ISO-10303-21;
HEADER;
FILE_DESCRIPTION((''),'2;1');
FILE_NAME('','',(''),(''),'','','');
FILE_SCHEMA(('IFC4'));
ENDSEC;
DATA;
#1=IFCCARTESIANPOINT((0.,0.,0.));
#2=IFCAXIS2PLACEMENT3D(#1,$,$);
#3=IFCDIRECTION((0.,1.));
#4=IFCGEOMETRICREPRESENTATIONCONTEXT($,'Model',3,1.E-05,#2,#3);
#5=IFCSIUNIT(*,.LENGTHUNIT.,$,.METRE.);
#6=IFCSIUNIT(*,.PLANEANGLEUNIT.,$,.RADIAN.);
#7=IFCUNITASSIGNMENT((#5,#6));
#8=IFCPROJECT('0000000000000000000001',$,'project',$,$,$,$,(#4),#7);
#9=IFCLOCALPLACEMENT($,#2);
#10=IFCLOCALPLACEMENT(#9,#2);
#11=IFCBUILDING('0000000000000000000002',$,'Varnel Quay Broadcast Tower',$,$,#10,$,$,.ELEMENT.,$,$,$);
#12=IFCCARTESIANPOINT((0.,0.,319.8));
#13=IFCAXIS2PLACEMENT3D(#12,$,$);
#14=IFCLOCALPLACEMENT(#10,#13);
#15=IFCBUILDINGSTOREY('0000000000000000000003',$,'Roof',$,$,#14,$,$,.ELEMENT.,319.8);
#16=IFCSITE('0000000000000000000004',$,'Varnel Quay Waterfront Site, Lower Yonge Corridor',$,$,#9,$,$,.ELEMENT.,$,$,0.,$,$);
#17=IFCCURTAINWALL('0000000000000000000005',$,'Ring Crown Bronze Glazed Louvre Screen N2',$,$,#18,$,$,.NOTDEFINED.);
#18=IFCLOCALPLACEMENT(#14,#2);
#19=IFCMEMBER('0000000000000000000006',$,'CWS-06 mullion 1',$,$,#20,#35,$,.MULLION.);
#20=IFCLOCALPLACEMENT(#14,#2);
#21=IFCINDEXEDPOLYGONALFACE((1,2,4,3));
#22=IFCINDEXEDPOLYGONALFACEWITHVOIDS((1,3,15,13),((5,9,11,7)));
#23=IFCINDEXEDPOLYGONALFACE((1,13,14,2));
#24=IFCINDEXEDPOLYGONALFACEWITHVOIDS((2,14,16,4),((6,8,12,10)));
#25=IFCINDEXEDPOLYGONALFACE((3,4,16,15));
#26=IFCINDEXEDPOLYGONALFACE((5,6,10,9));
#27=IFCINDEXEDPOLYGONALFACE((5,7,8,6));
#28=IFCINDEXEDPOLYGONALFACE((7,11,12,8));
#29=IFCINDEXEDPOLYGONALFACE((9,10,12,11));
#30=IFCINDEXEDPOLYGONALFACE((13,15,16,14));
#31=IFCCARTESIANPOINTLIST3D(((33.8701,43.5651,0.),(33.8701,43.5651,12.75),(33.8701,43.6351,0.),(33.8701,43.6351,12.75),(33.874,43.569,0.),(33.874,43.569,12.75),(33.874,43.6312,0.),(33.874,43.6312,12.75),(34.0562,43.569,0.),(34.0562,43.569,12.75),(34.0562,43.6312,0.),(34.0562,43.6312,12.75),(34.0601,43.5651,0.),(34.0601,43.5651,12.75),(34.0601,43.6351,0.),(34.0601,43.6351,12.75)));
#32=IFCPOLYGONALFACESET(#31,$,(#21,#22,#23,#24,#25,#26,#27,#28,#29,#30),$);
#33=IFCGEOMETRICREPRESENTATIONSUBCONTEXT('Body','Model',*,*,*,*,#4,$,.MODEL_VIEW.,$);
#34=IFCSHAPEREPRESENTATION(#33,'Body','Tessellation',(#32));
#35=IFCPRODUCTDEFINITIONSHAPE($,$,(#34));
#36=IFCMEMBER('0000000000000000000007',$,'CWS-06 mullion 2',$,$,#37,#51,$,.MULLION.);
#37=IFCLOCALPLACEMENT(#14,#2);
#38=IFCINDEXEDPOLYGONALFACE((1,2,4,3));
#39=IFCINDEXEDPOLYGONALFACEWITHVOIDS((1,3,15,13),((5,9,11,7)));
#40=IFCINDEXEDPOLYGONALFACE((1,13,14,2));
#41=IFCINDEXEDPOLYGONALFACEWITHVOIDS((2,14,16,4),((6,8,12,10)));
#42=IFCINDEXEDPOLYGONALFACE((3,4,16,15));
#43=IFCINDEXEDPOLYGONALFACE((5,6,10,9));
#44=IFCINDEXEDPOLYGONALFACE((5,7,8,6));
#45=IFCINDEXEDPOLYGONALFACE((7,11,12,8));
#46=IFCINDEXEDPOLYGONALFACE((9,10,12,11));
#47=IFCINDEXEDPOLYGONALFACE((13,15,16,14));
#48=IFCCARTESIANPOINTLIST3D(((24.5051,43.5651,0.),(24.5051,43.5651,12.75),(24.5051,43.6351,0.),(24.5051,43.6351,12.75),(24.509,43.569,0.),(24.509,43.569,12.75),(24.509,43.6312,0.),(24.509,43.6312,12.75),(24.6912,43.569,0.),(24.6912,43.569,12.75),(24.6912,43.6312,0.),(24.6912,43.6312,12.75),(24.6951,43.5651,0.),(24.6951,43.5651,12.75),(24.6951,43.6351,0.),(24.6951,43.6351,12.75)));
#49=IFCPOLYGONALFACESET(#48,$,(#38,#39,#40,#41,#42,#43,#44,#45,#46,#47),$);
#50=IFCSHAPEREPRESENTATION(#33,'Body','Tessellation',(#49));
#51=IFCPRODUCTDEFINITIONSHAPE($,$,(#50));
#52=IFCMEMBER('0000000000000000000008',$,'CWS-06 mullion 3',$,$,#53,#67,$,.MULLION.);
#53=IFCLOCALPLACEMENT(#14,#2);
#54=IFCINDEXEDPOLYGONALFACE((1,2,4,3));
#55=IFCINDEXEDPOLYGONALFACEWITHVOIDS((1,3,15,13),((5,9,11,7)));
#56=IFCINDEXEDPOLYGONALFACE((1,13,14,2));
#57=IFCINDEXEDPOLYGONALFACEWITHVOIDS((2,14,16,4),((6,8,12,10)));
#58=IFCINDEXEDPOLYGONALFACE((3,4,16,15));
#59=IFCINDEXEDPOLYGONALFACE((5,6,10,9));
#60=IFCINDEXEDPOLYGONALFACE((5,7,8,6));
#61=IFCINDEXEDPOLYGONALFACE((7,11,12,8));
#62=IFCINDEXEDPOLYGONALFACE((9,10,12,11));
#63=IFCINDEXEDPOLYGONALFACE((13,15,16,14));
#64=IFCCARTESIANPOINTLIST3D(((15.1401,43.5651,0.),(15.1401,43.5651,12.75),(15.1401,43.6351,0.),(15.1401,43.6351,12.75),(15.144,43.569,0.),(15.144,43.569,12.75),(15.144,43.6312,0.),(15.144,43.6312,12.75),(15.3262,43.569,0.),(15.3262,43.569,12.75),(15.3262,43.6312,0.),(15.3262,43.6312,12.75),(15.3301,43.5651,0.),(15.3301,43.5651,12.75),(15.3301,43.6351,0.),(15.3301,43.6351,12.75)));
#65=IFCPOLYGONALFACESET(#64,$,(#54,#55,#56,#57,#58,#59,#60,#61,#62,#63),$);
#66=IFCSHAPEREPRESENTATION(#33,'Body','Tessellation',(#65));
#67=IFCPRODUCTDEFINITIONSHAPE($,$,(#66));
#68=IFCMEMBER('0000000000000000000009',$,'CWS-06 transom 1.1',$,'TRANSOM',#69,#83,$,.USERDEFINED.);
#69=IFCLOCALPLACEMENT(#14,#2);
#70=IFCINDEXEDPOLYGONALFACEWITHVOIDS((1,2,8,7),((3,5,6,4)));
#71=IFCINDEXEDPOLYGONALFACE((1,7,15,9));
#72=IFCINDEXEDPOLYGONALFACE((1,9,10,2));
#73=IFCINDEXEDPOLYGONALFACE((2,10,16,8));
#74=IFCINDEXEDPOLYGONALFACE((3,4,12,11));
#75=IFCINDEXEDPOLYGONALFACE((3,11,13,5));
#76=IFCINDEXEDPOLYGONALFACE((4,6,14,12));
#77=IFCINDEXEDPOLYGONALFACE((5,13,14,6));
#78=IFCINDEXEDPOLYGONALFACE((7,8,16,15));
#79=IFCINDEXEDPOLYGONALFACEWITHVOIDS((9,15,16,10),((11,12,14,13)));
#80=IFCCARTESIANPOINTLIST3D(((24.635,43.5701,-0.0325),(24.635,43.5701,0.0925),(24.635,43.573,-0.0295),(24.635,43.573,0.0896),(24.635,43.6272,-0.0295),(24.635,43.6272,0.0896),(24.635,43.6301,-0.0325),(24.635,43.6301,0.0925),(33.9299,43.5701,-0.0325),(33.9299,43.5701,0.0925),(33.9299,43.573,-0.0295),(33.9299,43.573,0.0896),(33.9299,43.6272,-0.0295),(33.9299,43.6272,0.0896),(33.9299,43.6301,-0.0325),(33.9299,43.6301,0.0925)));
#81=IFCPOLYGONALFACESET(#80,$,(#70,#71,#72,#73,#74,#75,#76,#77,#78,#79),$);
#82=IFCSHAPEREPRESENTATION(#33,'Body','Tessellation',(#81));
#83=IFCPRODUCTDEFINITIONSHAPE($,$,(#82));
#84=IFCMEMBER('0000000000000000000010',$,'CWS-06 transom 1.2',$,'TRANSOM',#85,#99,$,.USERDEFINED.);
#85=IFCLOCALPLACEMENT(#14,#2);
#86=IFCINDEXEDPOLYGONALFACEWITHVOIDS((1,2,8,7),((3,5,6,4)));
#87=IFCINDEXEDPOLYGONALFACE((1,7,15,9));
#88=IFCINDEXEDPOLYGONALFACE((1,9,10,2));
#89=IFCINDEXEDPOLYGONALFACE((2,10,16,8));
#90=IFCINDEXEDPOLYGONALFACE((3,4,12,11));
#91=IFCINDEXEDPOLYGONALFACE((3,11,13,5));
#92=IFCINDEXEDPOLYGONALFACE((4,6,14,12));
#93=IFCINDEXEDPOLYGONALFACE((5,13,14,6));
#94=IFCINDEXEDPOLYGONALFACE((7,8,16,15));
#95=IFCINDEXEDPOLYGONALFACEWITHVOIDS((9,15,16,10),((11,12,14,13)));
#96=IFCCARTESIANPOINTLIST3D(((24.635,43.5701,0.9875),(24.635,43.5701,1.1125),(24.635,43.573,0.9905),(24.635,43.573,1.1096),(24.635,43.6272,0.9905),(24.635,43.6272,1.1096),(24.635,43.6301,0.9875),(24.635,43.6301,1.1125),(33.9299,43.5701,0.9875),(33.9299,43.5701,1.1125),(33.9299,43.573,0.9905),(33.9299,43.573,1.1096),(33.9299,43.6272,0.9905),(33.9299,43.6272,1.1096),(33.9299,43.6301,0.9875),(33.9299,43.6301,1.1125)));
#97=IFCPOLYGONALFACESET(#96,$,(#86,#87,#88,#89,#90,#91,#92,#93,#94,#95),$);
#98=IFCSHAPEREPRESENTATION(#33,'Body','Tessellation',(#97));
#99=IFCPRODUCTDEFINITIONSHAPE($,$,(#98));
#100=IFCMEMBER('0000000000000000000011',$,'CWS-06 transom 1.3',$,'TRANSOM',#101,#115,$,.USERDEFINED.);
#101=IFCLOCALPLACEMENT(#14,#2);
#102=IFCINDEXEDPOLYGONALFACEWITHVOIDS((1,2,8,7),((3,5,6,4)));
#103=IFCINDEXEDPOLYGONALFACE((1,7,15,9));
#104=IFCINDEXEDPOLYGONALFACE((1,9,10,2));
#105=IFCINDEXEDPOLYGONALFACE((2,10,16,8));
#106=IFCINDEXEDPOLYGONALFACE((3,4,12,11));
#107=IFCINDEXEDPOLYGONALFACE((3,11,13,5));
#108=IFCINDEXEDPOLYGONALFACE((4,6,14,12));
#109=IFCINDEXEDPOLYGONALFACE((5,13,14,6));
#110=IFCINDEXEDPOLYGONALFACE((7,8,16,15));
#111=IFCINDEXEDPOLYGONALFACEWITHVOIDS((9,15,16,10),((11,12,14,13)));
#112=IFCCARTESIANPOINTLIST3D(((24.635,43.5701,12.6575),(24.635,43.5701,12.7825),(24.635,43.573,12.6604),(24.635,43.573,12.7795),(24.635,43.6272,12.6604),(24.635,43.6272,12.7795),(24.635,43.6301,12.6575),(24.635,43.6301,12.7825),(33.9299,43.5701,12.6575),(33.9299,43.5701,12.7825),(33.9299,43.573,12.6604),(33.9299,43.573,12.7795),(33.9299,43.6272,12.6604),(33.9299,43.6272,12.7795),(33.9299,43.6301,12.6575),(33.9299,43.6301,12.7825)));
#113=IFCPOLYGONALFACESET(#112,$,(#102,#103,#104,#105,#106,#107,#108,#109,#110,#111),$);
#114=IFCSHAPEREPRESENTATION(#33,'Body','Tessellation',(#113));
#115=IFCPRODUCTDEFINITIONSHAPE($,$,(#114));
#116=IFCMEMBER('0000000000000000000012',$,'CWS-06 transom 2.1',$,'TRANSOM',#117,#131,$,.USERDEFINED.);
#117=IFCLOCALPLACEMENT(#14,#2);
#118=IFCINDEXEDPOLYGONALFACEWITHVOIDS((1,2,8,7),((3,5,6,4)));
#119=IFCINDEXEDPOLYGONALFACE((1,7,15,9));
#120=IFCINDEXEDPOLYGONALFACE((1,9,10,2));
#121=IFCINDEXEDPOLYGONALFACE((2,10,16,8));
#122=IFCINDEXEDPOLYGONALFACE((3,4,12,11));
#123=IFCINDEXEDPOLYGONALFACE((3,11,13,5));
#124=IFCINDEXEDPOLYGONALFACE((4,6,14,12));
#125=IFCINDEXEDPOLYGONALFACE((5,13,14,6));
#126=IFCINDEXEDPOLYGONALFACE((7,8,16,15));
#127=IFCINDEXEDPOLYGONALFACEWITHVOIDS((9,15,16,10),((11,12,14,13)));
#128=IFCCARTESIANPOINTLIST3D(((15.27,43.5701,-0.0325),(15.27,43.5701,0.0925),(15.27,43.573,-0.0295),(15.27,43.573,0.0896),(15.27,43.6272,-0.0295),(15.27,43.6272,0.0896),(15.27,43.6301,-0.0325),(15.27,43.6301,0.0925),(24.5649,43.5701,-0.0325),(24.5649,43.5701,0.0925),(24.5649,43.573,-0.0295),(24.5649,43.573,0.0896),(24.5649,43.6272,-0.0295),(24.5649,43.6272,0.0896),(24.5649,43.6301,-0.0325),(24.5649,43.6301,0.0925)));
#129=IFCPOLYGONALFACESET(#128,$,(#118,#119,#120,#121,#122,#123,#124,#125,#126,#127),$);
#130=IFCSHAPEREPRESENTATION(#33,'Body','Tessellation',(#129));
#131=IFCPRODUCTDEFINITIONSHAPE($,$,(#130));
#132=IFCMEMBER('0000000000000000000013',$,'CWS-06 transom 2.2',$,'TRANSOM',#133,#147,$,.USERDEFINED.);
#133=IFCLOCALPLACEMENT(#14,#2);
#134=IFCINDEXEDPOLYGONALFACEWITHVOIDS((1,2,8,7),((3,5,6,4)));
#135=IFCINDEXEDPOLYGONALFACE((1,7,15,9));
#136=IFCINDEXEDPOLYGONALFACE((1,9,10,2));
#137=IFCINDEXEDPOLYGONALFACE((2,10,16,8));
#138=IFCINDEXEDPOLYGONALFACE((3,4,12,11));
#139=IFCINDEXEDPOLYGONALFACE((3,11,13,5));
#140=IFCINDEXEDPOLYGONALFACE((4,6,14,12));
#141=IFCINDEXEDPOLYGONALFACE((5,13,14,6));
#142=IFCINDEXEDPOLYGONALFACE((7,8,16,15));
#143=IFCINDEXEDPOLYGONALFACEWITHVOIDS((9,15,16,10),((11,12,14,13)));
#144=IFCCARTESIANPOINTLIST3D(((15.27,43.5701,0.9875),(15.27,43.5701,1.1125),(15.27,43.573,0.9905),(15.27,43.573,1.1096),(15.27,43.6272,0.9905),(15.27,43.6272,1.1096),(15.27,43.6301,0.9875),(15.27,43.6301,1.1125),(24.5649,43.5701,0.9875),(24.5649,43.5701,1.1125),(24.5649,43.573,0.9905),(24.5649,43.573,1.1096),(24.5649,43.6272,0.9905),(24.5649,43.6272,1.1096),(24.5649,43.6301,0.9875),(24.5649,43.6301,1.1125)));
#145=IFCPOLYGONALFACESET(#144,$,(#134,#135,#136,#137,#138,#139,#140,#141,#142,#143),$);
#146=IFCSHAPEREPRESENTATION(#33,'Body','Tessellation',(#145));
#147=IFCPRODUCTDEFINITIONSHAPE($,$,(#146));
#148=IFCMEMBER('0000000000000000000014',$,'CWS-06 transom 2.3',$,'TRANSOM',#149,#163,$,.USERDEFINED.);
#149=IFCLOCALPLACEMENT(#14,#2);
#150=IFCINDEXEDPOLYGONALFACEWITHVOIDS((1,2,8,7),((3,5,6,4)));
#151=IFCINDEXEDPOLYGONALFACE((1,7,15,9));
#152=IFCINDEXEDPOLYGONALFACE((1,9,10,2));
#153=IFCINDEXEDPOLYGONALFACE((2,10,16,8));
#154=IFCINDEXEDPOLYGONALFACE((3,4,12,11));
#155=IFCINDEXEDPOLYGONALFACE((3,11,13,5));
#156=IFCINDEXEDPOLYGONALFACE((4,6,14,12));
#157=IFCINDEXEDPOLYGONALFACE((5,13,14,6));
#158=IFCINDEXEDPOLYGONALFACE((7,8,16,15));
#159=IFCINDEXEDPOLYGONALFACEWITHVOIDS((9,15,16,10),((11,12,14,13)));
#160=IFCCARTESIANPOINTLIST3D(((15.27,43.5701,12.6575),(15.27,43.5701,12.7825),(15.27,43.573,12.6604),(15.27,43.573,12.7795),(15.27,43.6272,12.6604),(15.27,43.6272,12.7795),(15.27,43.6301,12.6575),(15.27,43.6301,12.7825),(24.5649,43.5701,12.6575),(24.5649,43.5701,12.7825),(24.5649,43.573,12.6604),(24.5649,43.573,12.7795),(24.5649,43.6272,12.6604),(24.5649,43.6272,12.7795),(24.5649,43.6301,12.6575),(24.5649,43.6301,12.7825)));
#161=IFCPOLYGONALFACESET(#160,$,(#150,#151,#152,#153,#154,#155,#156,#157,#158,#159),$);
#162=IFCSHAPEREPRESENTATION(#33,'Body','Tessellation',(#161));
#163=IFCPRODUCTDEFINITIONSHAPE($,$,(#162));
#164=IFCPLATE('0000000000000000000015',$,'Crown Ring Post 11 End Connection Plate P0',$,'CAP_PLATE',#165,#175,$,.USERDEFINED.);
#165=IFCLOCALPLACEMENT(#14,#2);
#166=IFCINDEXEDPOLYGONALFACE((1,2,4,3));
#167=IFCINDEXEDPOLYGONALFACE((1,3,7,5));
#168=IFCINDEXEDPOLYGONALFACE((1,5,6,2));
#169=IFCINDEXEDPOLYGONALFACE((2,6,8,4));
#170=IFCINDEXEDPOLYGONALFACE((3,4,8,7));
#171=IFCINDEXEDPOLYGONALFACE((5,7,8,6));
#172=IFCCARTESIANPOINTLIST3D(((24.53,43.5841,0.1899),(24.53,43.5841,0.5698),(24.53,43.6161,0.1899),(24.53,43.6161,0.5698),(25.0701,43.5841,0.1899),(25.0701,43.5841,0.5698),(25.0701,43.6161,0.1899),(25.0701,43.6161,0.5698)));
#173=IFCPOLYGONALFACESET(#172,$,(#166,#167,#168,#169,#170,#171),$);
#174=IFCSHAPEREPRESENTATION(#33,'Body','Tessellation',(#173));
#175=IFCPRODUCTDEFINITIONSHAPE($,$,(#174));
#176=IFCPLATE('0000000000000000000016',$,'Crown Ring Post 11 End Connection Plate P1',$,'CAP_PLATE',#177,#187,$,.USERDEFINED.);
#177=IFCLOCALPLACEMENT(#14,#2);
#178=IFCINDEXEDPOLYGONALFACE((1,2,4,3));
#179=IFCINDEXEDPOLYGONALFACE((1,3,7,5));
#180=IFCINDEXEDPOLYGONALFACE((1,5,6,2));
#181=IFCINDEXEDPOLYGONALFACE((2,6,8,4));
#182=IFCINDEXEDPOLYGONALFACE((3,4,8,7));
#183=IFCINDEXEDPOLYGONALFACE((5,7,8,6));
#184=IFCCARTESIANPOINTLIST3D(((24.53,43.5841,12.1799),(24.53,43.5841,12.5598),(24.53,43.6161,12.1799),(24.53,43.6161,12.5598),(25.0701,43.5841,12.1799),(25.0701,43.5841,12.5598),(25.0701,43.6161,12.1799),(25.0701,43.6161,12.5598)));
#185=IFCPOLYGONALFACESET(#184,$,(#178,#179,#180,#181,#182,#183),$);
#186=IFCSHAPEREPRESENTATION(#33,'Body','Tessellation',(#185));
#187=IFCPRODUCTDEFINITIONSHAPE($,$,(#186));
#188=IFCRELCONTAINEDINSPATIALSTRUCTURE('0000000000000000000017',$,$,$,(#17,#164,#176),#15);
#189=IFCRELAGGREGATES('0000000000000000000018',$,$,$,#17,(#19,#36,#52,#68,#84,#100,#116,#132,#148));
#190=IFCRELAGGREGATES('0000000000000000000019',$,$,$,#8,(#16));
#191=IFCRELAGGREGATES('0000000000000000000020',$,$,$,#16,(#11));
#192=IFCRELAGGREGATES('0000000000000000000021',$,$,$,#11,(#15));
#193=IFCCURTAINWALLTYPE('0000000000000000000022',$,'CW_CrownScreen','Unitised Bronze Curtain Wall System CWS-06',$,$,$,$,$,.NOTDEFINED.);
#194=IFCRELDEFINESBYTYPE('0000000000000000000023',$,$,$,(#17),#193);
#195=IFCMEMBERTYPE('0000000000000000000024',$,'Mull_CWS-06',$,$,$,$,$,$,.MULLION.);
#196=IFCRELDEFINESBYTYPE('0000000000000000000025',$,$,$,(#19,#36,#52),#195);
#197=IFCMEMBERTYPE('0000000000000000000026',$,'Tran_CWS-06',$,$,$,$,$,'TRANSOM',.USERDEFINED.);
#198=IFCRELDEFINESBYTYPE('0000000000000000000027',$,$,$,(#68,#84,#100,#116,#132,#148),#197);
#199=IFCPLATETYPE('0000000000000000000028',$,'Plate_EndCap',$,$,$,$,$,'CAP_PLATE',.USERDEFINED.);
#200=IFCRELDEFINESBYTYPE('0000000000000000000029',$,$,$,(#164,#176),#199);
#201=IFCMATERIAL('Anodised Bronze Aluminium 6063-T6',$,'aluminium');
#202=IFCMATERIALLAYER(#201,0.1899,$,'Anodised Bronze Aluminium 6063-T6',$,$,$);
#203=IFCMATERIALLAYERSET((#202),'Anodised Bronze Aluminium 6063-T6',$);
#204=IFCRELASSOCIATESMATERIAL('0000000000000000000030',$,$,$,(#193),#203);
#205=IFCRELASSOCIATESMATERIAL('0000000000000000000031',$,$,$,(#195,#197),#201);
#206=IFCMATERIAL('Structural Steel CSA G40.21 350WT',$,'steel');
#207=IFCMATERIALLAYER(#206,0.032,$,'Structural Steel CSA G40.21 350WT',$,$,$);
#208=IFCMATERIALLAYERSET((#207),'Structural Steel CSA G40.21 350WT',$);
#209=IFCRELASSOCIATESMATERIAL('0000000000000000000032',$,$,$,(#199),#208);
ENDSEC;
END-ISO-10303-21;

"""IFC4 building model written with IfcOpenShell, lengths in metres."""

from ifc_helpers import new_model, si_unit, direction, frame, origin, origin_2d, place, context, subcontext, project, spatial, rectangle, hollow_rectangle, extrude, source, transform, mapped, material, layer, layer_set, material_profile, profile_set, type_object, type_shapes, element, aggregate, save


model = new_model("IFC4")

# Units and contexts
model_context = context("Model", 3, precision=1e-05, world=origin(), true_north=direction((0.0, 1.0)))
body_context = subcontext(model_context, "Body", "Model", "MODEL_VIEW")
ifc_project = project(units=[si_unit("LENGTHUNIT", "METRE"), si_unit("PLANEANGLEUNIT", "RADIAN")], contexts=[model_context])

# Site, building, storey
site_placement = place(None, origin())
site = spatial("IfcSite", under=ifc_project, at=site_placement, Name="Varnel Quay Waterfront Site, Lower Yonge Corridor", CompositionType="ELEMENT", RefElevation=0.0)
building_placement = place(site_placement, origin())
building = spatial("IfcBuilding", under=site, at=building_placement, Name="Varnel Quay Broadcast Tower", CompositionType="ELEMENT")
storey_placement = place(building_placement, frame((0.0, 0.0, 319.8)))
storey = spatial("IfcBuildingStorey", under=building, at=storey_placement, Name="Roof", CompositionType="ELEMENT", Elevation=319.8)

# Shared definitions
ifc_material_1 = material(Name="Structural Steel CSA G40.21 350WT", Category="steel")

# Curtain wall, members
ifc_material_2 = material(Name="Anodised Bronze Aluminium 6063-T6", Category="aluminium")
ifc_layer_1 = layer(ifc_material_2, 0.1899, Name="Anodised Bronze Aluminium 6063-T6")
ifc_layer_set_1 = layer_set([ifc_layer_1], Name="Anodised Bronze Aluminium 6063-T6")
curtain_wall_type = type_object("IfcCurtainWallType", Name="CW_CrownScreen", Description="Unitised Bronze Curtain Wall System CWS-06", PredefinedType="NOTDEFINED", material=ifc_layer_set_1)
curtain_wall_placement = place(storey_placement, origin())
curtain_wall = element("IfcCurtainWall", 1, at=curtain_wall_placement, inside=storey, type_object=curtain_wall_type, Name="Ring Crown Bronze Glazed Louvre Screen N2", PredefinedType="NOTDEFINED")
ifc_material_profile_1 = material_profile(ifc_material_2, hollow_rectangle(XDim=0.0701, YDim=0.1899, WallThickness=0.0039, at=origin_2d()), Name="ALU70X190X4")
ifc_profile_set_1 = profile_set([ifc_material_profile_1], Name="Anodised Bronze Aluminium 6063-T6")
member_type_1 = type_object("IfcMemberType", Name="Mull_CWS-06", PredefinedType="MULLION", material=ifc_profile_set_1)
shared_shape_1 = source(origin(), body_context, "Body", "SweptSolid", [
    extrude(hollow_rectangle(XDim=0.0701, YDim=0.1899, WallThickness=0.0039, at=origin_2d()), origin(), (0.0, 0.0, 1.0), 12.75),
])
type_shapes(member_type_1, [shared_shape_1])
member_1_placement = place(storey_placement, frame((33.9651, 43.6001, 0.0), z_axis=(0.0, 0.0, 1.0), x_axis=(0.0, -1.0, 0.0)))
member_1 = element("IfcMember", 2, at=member_1_placement, type_object=member_type_1, Name="CWS-06 mullion 1", PredefinedType="MULLION", context=body_context, shape_type="MappedRepresentation", body=[
    mapped(shared_shape_1, transform((0.0, 0.0, 0.0), x_axis=(1.0, 0.0, 0.0), y_axis=(0.0, 1.0, 0.0), z_axis=(0.0, 0.0, 1.0), scale=1.0)),
])
member_2_placement = place(storey_placement, frame((24.6001, 43.6001, 0.0), z_axis=(0.0, 0.0, 1.0), x_axis=(0.0, -1.0, 0.0)))
member_2 = element("IfcMember", 3, at=member_2_placement, type_object=member_type_1, Name="CWS-06 mullion 2", PredefinedType="MULLION", context=body_context, shape_type="MappedRepresentation", body=[
    mapped(shared_shape_1, transform((0.0, 0.0, 0.0), x_axis=(1.0, 0.0, 0.0), y_axis=(0.0, 1.0, 0.0), z_axis=(0.0, 0.0, 1.0), scale=1.0)),
])
member_3_placement = place(storey_placement, frame((15.2351, 43.6001, 0.0), z_axis=(0.0, 0.0, 1.0), x_axis=(0.0, -1.0, 0.0)))
member_3 = element("IfcMember", 4, at=member_3_placement, type_object=member_type_1, Name="CWS-06 mullion 3", PredefinedType="MULLION", context=body_context, shape_type="MappedRepresentation", body=[
    mapped(shared_shape_1, transform((0.0, 0.0, 0.0), x_axis=(1.0, 0.0, 0.0), y_axis=(0.0, 1.0, 0.0), z_axis=(0.0, 0.0, 1.0), scale=1.0)),
])
ifc_material_profile_2 = material_profile(ifc_material_2, hollow_rectangle(XDim=0.0601, YDim=0.125, WallThickness=0.0029, at=origin_2d()), Name="ALU60X125X3")
ifc_profile_set_2 = profile_set([ifc_material_profile_2], Name="Anodised Bronze Aluminium 6063-T6")
member_type_2 = type_object("IfcMemberType", Name="Tran_CWS-06", ElementType="TRANSOM", PredefinedType="USERDEFINED", material=ifc_profile_set_2)
shared_shape_2 = source(origin(), body_context, "Body", "SweptSolid", [
    extrude(hollow_rectangle(XDim=0.0601, YDim=0.125, WallThickness=0.0029, at=origin_2d()), origin(), (0.0, 0.0, 1.0), 9.2949),
])
type_shapes(member_type_2, [shared_shape_2])
member_4_placement = place(storey_placement, frame((33.9299, 43.6001, 0.03), z_axis=(-1.0, 0.0, 0.0), x_axis=(0.0, -1.0, 0.0)))
member_4 = element("IfcMember", 5, at=member_4_placement, type_object=member_type_2, Name="CWS-06 transom 1.1", ObjectType="TRANSOM", PredefinedType="USERDEFINED", context=body_context, shape_type="MappedRepresentation", body=[
    mapped(shared_shape_2, transform((0.0, 0.0, 0.0), x_axis=(1.0, 0.0, 0.0), y_axis=(0.0, 1.0, 0.0), z_axis=(0.0, 0.0, 1.0), scale=1.0)),
])
member_5_placement = place(storey_placement, frame((33.9299, 43.6001, 1.05), z_axis=(-1.0, 0.0, 0.0), x_axis=(0.0, -1.0, 0.0)))
member_5 = element("IfcMember", 6, at=member_5_placement, type_object=member_type_2, Name="CWS-06 transom 1.2", ObjectType="TRANSOM", PredefinedType="USERDEFINED", context=body_context, shape_type="MappedRepresentation", body=[
    mapped(shared_shape_2, transform((0.0, 0.0, 0.0), x_axis=(1.0, 0.0, 0.0), y_axis=(0.0, 1.0, 0.0), z_axis=(0.0, 0.0, 1.0), scale=1.0)),
])
member_6_placement = place(storey_placement, frame((33.9299, 43.6001, 12.72), z_axis=(-1.0, 0.0, 0.0), x_axis=(0.0, -1.0, 0.0)))
member_6 = element("IfcMember", 7, at=member_6_placement, type_object=member_type_2, Name="CWS-06 transom 1.3", ObjectType="TRANSOM", PredefinedType="USERDEFINED", context=body_context, shape_type="MappedRepresentation", body=[
    mapped(shared_shape_2, transform((0.0, 0.0, 0.0), x_axis=(1.0, 0.0, 0.0), y_axis=(0.0, 1.0, 0.0), z_axis=(0.0, 0.0, 1.0), scale=1.0)),
])
member_7_placement = place(storey_placement, frame((24.5649, 43.6001, 0.03), z_axis=(-1.0, 0.0, 0.0), x_axis=(0.0, -1.0, 0.0)))
member_7 = element("IfcMember", 8, at=member_7_placement, type_object=member_type_2, Name="CWS-06 transom 2.1", ObjectType="TRANSOM", PredefinedType="USERDEFINED", context=body_context, shape_type="MappedRepresentation", body=[
    mapped(shared_shape_2, transform((0.0, 0.0, 0.0), x_axis=(1.0, 0.0, 0.0), y_axis=(0.0, 1.0, 0.0), z_axis=(0.0, 0.0, 1.0), scale=1.0)),
])
member_8_placement = place(storey_placement, frame((24.5649, 43.6001, 1.05), z_axis=(-1.0, 0.0, 0.0), x_axis=(0.0, -1.0, 0.0)))
member_8 = element("IfcMember", 9, at=member_8_placement, type_object=member_type_2, Name="CWS-06 transom 2.2", ObjectType="TRANSOM", PredefinedType="USERDEFINED", context=body_context, shape_type="MappedRepresentation", body=[
    mapped(shared_shape_2, transform((0.0, 0.0, 0.0), x_axis=(1.0, 0.0, 0.0), y_axis=(0.0, 1.0, 0.0), z_axis=(0.0, 0.0, 1.0), scale=1.0)),
])
member_9_placement = place(storey_placement, frame((24.5649, 43.6001, 12.72), z_axis=(-1.0, 0.0, 0.0), x_axis=(0.0, -1.0, 0.0)))
member_9 = element("IfcMember", 10, at=member_9_placement, type_object=member_type_2, Name="CWS-06 transom 2.3", ObjectType="TRANSOM", PredefinedType="USERDEFINED", context=body_context, shape_type="MappedRepresentation", body=[
    mapped(shared_shape_2, transform((0.0, 0.0, 0.0), x_axis=(1.0, 0.0, 0.0), y_axis=(0.0, 1.0, 0.0), z_axis=(0.0, 0.0, 1.0), scale=1.0)),
])

# Plates
ifc_layer_2 = layer(ifc_material_1, 0.032, Name="Structural Steel CSA G40.21 350WT")
ifc_layer_set_2 = layer_set([ifc_layer_2], Name="Structural Steel CSA G40.21 350WT")
plate_type_1 = type_object("IfcPlateType", Name="Plate_EndCap", ElementType="CAP_PLATE", PredefinedType="USERDEFINED", material=ifc_layer_set_2)
shared_shape_3 = source(origin(), body_context, "Body", "SweptSolid", [
    extrude(rectangle(XDim=0.54, YDim=0.032, at=origin_2d()), origin(), (0.0, 0.0, 1.0), 0.3799),
])
type_shapes(plate_type_1, [shared_shape_3])
for number, where, z_axis, x_axis, name in (
    (11, (24.8, 43.6001, 0.1899), (0.0, 0.0, 1.0), (1.0, 0.0, 0.0), "Crown Ring Post 11 End Connection Plate P0"),
    (12, (24.8, 43.6001, 12.1799), (0.0, 0.0, 1.0), (1.0, 0.0, 0.0), "Crown Ring Post 11 End Connection Plate P1"),
):
    element("IfcPlate", number, at=place(storey_placement, frame(where, z_axis=z_axis, x_axis=x_axis)), inside=storey, type_object=plate_type_1, Name=name, ObjectType="CAP_PLATE", PredefinedType="USERDEFINED", context=body_context, shape_type="MappedRepresentation", body=[
        mapped(shared_shape_3, transform((0.0, 0.0, 0.0), x_axis=(1.0, 0.0, 0.0), y_axis=(0.0, 1.0, 0.0), z_axis=(0.0, 0.0, 1.0), scale=1.0)),
    ])

aggregate(curtain_wall, [member_1, member_2, member_3, member_4, member_5, member_6, member_7, member_8, member_9])

save(model, "model.ifc")
